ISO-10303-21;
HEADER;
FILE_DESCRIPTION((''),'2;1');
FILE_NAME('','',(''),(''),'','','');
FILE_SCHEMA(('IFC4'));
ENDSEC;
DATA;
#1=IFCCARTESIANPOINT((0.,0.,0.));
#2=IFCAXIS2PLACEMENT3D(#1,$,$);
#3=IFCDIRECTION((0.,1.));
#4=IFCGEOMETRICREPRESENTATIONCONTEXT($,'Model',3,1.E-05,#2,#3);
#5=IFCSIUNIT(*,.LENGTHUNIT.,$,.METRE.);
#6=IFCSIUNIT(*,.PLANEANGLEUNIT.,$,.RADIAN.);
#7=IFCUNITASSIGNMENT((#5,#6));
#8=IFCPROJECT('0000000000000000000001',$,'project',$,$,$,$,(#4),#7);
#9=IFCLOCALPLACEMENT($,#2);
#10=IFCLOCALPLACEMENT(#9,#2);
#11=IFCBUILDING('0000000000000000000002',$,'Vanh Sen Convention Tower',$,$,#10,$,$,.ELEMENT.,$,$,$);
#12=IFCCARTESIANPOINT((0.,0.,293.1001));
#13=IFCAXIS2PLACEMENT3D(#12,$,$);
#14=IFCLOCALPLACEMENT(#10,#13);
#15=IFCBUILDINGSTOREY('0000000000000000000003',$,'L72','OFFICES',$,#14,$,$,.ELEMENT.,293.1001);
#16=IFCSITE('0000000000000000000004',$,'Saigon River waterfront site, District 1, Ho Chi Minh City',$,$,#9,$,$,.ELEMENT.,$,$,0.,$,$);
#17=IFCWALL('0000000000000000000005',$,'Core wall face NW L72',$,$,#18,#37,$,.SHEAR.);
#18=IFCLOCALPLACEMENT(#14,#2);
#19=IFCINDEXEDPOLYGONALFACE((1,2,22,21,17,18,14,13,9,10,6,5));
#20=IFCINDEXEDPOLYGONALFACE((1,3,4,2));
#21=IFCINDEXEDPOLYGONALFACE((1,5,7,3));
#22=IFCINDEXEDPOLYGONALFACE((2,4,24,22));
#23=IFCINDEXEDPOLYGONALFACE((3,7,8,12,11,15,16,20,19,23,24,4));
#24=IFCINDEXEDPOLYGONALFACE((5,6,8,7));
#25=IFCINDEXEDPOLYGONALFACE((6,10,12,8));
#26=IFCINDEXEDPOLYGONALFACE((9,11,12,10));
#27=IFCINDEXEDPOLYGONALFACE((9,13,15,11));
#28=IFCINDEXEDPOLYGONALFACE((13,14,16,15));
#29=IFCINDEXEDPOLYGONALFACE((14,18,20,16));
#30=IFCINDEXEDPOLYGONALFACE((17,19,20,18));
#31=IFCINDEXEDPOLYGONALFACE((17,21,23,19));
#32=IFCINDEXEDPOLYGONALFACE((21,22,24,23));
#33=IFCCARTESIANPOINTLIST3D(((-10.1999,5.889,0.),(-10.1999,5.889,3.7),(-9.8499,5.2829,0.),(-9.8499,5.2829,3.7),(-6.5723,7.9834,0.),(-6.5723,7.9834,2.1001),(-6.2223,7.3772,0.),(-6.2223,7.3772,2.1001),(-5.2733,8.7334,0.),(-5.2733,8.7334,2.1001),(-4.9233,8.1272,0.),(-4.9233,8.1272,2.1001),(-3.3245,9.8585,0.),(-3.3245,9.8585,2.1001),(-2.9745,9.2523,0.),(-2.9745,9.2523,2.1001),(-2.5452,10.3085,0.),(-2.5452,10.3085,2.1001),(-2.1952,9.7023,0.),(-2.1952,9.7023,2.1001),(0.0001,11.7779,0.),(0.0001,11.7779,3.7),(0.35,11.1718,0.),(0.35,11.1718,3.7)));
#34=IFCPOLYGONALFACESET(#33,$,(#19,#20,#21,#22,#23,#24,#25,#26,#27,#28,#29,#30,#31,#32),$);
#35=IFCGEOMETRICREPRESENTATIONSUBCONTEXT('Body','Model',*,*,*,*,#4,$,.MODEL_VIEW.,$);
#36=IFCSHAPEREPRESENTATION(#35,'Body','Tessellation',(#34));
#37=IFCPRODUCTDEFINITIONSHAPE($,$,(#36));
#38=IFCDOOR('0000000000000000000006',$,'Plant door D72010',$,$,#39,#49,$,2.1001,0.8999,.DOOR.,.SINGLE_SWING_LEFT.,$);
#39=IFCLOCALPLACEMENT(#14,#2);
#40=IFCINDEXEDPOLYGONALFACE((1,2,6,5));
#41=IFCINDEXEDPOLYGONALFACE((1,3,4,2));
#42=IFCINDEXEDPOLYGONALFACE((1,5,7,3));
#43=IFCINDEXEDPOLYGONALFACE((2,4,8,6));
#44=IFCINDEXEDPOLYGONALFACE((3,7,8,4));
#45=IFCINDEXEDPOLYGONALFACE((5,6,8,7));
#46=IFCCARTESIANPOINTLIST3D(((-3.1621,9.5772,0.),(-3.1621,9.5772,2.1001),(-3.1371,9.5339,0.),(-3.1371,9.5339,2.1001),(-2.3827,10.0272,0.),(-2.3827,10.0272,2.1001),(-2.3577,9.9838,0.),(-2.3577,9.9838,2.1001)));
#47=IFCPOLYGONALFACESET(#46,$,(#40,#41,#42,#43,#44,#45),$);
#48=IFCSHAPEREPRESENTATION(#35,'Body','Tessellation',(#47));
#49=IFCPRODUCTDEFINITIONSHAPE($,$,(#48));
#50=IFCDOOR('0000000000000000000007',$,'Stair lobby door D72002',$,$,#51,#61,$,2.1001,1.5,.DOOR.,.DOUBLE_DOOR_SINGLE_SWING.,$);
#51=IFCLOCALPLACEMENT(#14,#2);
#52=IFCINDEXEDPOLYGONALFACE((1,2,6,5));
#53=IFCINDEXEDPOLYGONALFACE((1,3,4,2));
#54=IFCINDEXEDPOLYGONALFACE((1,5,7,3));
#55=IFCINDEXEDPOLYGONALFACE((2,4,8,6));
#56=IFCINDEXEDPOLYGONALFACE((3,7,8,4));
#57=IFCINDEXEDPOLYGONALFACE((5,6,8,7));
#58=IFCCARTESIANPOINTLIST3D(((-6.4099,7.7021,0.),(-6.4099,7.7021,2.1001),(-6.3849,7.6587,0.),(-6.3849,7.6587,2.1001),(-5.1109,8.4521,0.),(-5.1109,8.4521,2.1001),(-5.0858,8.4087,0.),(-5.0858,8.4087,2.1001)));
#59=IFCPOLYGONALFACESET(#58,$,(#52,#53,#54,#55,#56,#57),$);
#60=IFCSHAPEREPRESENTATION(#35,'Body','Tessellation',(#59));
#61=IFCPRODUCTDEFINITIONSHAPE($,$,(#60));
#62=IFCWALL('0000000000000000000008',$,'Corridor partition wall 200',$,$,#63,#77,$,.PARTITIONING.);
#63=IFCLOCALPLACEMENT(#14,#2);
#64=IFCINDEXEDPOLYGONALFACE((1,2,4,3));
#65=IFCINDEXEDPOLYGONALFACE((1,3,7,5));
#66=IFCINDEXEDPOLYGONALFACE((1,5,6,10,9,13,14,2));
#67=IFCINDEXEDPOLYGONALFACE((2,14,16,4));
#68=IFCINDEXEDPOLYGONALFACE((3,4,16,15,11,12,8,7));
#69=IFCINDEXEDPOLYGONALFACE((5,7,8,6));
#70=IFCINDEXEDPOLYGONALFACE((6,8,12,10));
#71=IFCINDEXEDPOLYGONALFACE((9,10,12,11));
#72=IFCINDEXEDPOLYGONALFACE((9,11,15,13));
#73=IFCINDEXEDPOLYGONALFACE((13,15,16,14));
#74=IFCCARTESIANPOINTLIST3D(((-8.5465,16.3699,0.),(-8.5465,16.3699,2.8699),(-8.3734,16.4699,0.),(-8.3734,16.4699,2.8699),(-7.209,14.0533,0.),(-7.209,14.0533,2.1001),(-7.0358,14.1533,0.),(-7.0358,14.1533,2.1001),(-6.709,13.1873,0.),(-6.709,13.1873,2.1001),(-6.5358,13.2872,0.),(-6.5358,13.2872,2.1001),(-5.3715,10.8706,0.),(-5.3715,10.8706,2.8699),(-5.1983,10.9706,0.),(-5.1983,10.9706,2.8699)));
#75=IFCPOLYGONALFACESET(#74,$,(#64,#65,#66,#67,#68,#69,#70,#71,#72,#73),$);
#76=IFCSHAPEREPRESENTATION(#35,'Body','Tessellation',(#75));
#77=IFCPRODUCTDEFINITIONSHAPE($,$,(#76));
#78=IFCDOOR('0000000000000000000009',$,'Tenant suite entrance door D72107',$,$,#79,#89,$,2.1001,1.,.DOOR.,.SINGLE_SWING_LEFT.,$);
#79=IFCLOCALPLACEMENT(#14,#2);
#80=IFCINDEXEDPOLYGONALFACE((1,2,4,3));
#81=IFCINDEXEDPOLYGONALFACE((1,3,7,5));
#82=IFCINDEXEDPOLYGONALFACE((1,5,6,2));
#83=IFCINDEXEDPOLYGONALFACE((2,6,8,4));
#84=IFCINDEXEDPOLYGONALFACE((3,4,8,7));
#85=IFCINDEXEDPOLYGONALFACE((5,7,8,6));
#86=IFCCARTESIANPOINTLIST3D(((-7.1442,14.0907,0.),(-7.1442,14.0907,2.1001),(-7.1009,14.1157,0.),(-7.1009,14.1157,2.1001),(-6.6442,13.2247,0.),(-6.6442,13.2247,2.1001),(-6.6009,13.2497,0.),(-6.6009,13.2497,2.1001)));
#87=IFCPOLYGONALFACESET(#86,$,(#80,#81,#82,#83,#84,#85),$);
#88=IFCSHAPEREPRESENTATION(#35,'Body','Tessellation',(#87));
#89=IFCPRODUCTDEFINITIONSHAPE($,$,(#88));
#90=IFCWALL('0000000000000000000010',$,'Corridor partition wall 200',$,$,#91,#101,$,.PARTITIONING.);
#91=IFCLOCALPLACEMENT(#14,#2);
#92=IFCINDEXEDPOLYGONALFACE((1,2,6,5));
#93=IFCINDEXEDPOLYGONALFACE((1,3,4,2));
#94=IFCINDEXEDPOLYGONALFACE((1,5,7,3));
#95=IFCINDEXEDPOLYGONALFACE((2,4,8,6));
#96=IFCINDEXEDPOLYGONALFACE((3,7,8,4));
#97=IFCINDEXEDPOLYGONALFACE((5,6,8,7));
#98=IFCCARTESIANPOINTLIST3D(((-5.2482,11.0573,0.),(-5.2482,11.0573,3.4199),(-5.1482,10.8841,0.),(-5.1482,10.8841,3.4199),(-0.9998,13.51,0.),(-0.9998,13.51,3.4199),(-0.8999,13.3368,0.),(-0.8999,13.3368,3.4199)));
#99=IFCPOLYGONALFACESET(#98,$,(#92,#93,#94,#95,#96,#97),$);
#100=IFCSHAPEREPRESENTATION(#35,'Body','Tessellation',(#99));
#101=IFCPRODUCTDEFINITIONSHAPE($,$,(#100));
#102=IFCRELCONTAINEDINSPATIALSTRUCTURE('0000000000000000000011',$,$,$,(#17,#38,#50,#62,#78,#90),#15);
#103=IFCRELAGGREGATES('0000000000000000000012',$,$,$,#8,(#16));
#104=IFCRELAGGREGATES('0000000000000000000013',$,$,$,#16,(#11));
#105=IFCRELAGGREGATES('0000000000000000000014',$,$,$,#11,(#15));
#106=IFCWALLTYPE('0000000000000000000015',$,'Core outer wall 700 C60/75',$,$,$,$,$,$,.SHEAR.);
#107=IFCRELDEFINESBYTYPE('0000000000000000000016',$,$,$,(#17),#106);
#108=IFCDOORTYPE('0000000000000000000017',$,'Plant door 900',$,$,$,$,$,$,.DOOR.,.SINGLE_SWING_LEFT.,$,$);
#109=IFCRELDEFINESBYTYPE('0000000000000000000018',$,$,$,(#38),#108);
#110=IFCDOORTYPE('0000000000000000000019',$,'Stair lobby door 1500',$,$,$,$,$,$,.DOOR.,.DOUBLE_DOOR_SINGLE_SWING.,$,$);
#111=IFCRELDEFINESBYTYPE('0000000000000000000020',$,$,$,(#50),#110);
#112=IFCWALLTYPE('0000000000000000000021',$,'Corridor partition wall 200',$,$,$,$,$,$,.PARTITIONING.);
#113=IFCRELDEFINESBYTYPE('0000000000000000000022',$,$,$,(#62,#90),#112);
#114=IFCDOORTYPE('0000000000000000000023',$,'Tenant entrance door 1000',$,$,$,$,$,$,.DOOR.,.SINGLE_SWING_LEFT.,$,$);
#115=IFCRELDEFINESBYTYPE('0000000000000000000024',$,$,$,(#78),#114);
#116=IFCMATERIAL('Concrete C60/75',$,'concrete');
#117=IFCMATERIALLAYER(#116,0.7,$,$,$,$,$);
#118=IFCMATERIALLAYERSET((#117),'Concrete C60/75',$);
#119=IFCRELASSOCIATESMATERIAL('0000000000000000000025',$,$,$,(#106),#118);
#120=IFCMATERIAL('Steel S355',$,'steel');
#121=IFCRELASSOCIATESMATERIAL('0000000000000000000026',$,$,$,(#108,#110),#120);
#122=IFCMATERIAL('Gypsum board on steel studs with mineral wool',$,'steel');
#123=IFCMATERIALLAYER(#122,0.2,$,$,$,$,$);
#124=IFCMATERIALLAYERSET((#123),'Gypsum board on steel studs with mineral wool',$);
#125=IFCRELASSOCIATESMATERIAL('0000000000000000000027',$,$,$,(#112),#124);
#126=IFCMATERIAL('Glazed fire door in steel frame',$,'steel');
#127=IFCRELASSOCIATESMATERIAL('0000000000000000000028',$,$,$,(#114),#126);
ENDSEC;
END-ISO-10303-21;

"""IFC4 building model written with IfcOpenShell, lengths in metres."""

from ifc_helpers import new_model, si_unit, direction, frame, frame_2d, origin, place, context, subcontext, project, spatial, rectangle, extrude, material, layer, layer_set, type_object, element, fill, save


model = new_model("IFC4")

# Units and contexts
model_context = context("Model", 3, precision=1e-05, world=origin(), true_north=direction((0.0, 1.0)))
body_context = subcontext(model_context, "Body", "Model", "MODEL_VIEW")
ifc_project = project(units=[si_unit("LENGTHUNIT", "METRE"), si_unit("PLANEANGLEUNIT", "RADIAN")], contexts=[model_context])

# Site, building, storey
site_placement = place(None, origin())
site = spatial("IfcSite", under=ifc_project, at=site_placement, Name="Saigon River waterfront site, District 1, Ho Chi Minh City", CompositionType="ELEMENT", RefElevation=0.0)
building_placement = place(site_placement, origin())
building = spatial("IfcBuilding", under=site, at=building_placement, Name="Vanh Sen Convention Tower", CompositionType="ELEMENT")
storey_placement = place(building_placement, frame((0.0, 0.0, 293.1001)))
storey = spatial("IfcBuildingStorey", under=building, at=storey_placement, Name="L72", Description="OFFICES", CompositionType="ELEMENT", Elevation=293.1001)

# Shared definitions
ifc_material_1 = material(Name="Concrete C60/75", Category="concrete")

# Wall, openings, doors
ifc_layer_1 = layer(ifc_material_1, 0.7)
ifc_layer_set_1 = layer_set([ifc_layer_1], Name="Concrete C60/75")
wall_type_1 = type_object("IfcWallType", Name="Core outer wall 700 C60/75", PredefinedType="SHEAR", material=ifc_layer_set_1)
wall_1_placement = place(storey_placement, frame((0.175, 11.4749, 0.0), z_axis=(0.0, 0.0, 1.0), x_axis=(-0.866026, -0.499998, 0.0)))
wall_1 = element("IfcWall", 1, at=wall_1_placement, inside=storey, type_object=wall_type_1, Name="Core wall face NW L72", PredefinedType="SHEAR", context=body_context, shape_type="SweptSolid", body=[
    extrude(rectangle(XDim=11.7778, YDim=0.7, at=frame_2d((5.8889, 0.0))), origin(), (0.0, 0.0, 1.0), 3.7),
])
opening_1_placement = place(wall_1_placement, frame((6.0891, 0.0, 0.0)))
opening_1 = element("IfcOpeningElement", 2, at=opening_1_placement, cuts=wall_1, PredefinedType="OPENING", context=body_context, shape_type="SweptSolid", body=[
    extrude(rectangle(XDim=1.5, YDim=2.1001, at=frame_2d((0.75, 1.05))), frame((0.0, 0.3599, 0.0), z_axis=(0.0, -1.0, 0.0), x_axis=(1.0, 0.0, 0.0)), (0.0, 0.0, 1.0), 0.72),
])
opening_2_placement = place(wall_1_placement, frame((2.939, 0.0, 0.0)))
opening_2 = element("IfcOpeningElement", 3, at=opening_2_placement, cuts=wall_1, PredefinedType="OPENING", context=body_context, shape_type="SweptSolid", body=[
    extrude(rectangle(XDim=0.8999, YDim=2.1001, at=frame_2d((0.45, 1.05))), frame((0.0, 0.3599, 0.0), z_axis=(0.0, -1.0, 0.0), x_axis=(1.0, 0.0, 0.0)), (0.0, 0.0, 1.0), 0.72),
])
ifc_material_2 = material(Name="Steel S355", Category="steel")
door_type_1 = type_object("IfcDoorType", Name="Plant door 900", OperationType="SINGLE_SWING_LEFT", PredefinedType="DOOR", material=ifc_material_2)
door_1_placement = place(opening_2_placement, origin())
door_1 = element("IfcDoor", 4, at=door_1_placement, inside=storey, type_object=door_type_1, Name="Plant door D72010", OperationType="SINGLE_SWING_LEFT", OverallHeight=2.1001, OverallWidth=0.8999, PredefinedType="DOOR", context=body_context, shape_type="SweptSolid", body=[
    extrude(rectangle(XDim=0.8999, YDim=2.1001, at=frame_2d((0.45, 1.05))), frame((0.0, 0.0249, 0.0), z_axis=(0.0, -1.0, 0.0), x_axis=(1.0, 0.0, 0.0)), (0.0, 0.0, 1.0), 0.05),
])
fill(opening_2, door_1)
door_type_2 = type_object("IfcDoorType", Name="Stair lobby door 1500", OperationType="DOUBLE_DOOR_SINGLE_SWING", PredefinedType="DOOR", material=ifc_material_2)
door_2_placement = place(opening_1_placement, origin())
door_2 = element("IfcDoor", 5, at=door_2_placement, inside=storey, type_object=door_type_2, Name="Stair lobby door D72002", OperationType="DOUBLE_DOOR_SINGLE_SWING", OverallHeight=2.1001, OverallWidth=1.5, PredefinedType="DOOR", context=body_context, shape_type="SweptSolid", body=[
    extrude(rectangle(XDim=1.5, YDim=2.1001, at=frame_2d((0.75, 1.05))), frame((0.0, 0.0249, 0.0), z_axis=(0.0, -1.0, 0.0), x_axis=(1.0, 0.0, 0.0)), (0.0, 0.0, 1.0), 0.05),
])
fill(opening_1, door_2)

# Wall, opening, door
ifc_material_3 = material(Name="Gypsum board on steel studs with mineral wool", Category="steel")
ifc_layer_2 = layer(ifc_material_3, 0.2)
ifc_layer_set_2 = layer_set([ifc_layer_2], Name="Gypsum board on steel studs with mineral wool")
wall_type_2 = type_object("IfcWallType", Name="Corridor partition wall 200", PredefinedType="PARTITIONING", material=ifc_layer_set_2)
wall_2_placement = place(storey_placement, frame((-8.46, 16.4199, 0.0), z_axis=(0.0, 0.0, 1.0), x_axis=(0.500005, -0.866022, 0.0)))
wall_2 = element("IfcWall", 6, at=wall_2_placement, inside=storey, type_object=wall_type_2, Name="Corridor partition wall 200", PredefinedType="PARTITIONING", context=body_context, shape_type="SweptSolid", body=[
    extrude(rectangle(XDim=6.3501, YDim=0.2, at=frame_2d((3.175, 0.0))), origin(), (0.0, 0.0, 1.0), 2.8699),
])
opening_3_placement = place(wall_2_placement, frame((2.675, 0.0, 0.0)))
opening_3 = element("IfcOpeningElement", 7, at=opening_3_placement, cuts=wall_2, PredefinedType="OPENING", context=body_context, shape_type="SweptSolid", body=[
    extrude(rectangle(XDim=1.0, YDim=2.1001, at=frame_2d((0.5, 1.05))), frame((0.0, 0.1099, 0.0), z_axis=(0.0, -1.0, 0.0), x_axis=(1.0, 0.0, 0.0)), (0.0, 0.0, 1.0), 0.22),
])
ifc_material_4 = material(Name="Glazed fire door in steel frame", Category="steel")
door_type_3 = type_object("IfcDoorType", Name="Tenant entrance door 1000", OperationType="SINGLE_SWING_LEFT", PredefinedType="DOOR", material=ifc_material_4)
door_3_placement = place(opening_3_placement, origin())
door_3 = element("IfcDoor", 8, at=door_3_placement, inside=storey, type_object=door_type_3, Name="Tenant suite entrance door D72107", OperationType="SINGLE_SWING_LEFT", OverallHeight=2.1001, OverallWidth=1.0, PredefinedType="DOOR", context=body_context, shape_type="SweptSolid", body=[
    extrude(rectangle(XDim=1.0, YDim=2.1001, at=frame_2d((0.5, 1.05))), frame((0.0, 0.0249, 0.0), z_axis=(0.0, -1.0, 0.0), x_axis=(1.0, 0.0, 0.0)), (0.0, 0.0, 1.0), 0.05),
])
fill(opening_3, door_3)

# Wall
wall_3_placement = place(storey_placement, frame((-0.95, 13.4233, 0.0), z_axis=(0.0, 0.0, 1.0), x_axis=(-0.866036, -0.499982, 0.0)))
element("IfcWall", 9, at=wall_3_placement, inside=storey, type_object=wall_type_2, Name="Corridor partition wall 200", PredefinedType="PARTITIONING", context=body_context, shape_type="SweptSolid", body=[
    extrude(rectangle(XDim=4.9055, YDim=0.2, at=frame_2d((2.4526, 0.0))), origin(), (0.0, 0.0, 1.0), 3.4199),
])

save(model, "model.ifc")
